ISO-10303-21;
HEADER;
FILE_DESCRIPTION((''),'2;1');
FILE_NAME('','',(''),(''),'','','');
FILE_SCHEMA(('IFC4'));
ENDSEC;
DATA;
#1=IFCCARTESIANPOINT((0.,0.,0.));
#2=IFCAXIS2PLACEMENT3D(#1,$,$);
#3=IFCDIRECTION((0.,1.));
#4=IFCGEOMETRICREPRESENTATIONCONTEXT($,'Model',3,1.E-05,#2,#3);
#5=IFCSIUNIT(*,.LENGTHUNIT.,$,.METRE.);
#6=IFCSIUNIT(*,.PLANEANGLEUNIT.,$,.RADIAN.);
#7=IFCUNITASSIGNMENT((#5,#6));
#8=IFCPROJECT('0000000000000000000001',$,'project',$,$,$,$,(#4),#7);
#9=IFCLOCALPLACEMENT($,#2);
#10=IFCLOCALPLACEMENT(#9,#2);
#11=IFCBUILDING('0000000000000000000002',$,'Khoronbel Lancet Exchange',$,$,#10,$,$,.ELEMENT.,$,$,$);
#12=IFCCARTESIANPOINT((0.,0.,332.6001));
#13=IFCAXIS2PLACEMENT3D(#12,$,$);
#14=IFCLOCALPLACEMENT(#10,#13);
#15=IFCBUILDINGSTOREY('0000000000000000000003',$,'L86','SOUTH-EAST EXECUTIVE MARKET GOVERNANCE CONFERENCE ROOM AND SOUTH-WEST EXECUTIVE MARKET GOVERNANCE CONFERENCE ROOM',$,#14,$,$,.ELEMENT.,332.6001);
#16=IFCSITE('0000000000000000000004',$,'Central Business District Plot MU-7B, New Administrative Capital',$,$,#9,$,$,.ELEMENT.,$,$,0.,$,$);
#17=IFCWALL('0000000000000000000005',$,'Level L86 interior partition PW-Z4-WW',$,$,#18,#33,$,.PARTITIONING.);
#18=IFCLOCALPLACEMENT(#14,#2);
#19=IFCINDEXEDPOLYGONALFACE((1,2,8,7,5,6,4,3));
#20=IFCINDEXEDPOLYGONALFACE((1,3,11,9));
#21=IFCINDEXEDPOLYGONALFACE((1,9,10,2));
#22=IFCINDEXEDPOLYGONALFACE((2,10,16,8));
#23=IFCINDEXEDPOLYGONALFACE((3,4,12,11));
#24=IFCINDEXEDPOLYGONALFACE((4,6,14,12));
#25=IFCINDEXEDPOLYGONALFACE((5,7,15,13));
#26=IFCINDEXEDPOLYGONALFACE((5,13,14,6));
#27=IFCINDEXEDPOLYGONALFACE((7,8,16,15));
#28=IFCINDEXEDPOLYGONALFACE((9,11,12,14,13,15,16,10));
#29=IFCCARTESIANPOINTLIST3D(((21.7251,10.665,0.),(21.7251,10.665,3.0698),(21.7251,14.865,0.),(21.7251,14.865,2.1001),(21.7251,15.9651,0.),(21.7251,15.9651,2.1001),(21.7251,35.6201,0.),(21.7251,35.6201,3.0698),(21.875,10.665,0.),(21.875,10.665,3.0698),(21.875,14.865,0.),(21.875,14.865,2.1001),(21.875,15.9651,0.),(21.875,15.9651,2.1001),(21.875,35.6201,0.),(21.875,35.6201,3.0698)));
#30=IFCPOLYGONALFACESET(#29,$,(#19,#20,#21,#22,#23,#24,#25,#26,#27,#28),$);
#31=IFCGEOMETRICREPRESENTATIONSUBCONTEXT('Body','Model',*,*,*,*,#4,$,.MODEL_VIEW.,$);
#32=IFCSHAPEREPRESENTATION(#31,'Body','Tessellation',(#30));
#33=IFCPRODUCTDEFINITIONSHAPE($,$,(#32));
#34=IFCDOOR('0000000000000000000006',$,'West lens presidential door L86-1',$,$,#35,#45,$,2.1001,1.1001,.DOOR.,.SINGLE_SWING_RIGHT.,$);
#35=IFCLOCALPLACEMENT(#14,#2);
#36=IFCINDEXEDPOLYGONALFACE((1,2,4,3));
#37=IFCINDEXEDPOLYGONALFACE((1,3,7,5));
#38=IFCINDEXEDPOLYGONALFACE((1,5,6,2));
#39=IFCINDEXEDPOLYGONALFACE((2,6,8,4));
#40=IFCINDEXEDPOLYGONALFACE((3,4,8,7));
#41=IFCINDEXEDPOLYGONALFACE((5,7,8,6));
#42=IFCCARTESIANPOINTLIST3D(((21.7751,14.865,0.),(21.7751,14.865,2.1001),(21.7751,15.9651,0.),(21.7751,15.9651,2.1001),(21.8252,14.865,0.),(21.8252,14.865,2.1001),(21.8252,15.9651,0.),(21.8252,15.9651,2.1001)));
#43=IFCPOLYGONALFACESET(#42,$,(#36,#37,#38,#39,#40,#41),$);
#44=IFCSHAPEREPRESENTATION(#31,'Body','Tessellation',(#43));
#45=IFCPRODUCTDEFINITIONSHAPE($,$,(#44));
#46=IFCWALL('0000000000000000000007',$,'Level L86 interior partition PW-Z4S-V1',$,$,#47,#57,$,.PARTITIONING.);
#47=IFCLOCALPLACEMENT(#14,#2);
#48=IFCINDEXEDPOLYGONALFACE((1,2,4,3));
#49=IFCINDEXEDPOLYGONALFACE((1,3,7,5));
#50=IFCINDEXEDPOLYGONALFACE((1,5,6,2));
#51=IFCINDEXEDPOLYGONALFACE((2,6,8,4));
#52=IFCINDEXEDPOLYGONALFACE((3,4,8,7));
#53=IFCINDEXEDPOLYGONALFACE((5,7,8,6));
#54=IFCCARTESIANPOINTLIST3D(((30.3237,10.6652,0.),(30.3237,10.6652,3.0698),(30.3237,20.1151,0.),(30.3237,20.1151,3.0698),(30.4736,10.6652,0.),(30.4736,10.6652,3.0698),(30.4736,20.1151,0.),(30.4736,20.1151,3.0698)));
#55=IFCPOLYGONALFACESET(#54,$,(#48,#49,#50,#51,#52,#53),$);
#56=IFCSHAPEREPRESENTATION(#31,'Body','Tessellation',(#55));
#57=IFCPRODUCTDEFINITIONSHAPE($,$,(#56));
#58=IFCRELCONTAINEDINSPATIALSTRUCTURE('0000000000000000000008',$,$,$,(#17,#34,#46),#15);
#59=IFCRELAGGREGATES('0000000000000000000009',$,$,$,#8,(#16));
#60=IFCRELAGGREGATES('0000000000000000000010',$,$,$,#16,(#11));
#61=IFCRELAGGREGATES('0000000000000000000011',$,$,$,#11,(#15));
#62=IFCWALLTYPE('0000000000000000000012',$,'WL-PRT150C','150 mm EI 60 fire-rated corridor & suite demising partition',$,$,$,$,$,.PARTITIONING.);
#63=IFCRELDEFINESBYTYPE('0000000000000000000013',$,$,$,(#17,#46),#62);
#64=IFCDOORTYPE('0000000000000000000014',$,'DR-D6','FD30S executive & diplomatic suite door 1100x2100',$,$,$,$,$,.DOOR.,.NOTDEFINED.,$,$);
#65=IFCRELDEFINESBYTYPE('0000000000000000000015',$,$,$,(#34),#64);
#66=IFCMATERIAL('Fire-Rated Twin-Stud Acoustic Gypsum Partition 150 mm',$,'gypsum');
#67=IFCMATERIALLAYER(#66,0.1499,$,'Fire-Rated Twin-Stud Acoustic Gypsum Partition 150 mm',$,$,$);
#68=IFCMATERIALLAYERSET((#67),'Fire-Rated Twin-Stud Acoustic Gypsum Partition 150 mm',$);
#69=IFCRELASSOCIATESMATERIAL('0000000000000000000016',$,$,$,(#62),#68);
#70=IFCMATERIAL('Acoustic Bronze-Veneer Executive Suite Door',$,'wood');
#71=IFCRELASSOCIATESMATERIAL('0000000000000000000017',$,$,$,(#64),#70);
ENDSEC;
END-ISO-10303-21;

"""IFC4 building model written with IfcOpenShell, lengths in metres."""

from ifc_helpers import new_model, si_unit, direction, frame, frame_2d, origin, place, context, subcontext, project, spatial, rectangle, extrude, material, layer, layer_set, type_object, element, fill, save


model = new_model("IFC4")

# Units and contexts
model_context = context("Model", 3, precision=1e-05, world=origin(), true_north=direction((0.0, 1.0)))
body_context = subcontext(model_context, "Body", "Model", "MODEL_VIEW")
ifc_project = project(units=[si_unit("LENGTHUNIT", "METRE"), si_unit("PLANEANGLEUNIT", "RADIAN")], contexts=[model_context])

# Site, building, storey
site_placement = place(None, origin())
site = spatial("IfcSite", under=ifc_project, at=site_placement, Name="Central Business District Plot MU-7B, New Administrative Capital", CompositionType="ELEMENT", RefElevation=0.0)
building_placement = place(site_placement, origin())
building = spatial("IfcBuilding", under=site, at=building_placement, Name="Khoronbel Lancet Exchange", CompositionType="ELEMENT")
storey_placement = place(building_placement, frame((0.0, 0.0, 332.6001)))
storey = spatial("IfcBuildingStorey", under=building, at=storey_placement, Name="L86", Description="SOUTH-EAST EXECUTIVE MARKET GOVERNANCE CONFERENCE ROOM AND SOUTH-WEST EXECUTIVE MARKET GOVERNANCE CONFERENCE ROOM", CompositionType="ELEMENT", Elevation=332.6001)

# Wall, opening, door
ifc_material_1 = material(Name="Fire-Rated Twin-Stud Acoustic Gypsum Partition 150 mm", Category="gypsum")
ifc_layer_1 = layer(ifc_material_1, 0.1499, Name="Fire-Rated Twin-Stud Acoustic Gypsum Partition 150 mm")
ifc_layer_set_1 = layer_set([ifc_layer_1], Name="Fire-Rated Twin-Stud Acoustic Gypsum Partition 150 mm")
wall_type = type_object("IfcWallType", Name="WL-PRT150C", Description="150 mm EI 60 fire-rated corridor & suite demising partition", PredefinedType="PARTITIONING", material=ifc_layer_set_1)
wall_1_placement = place(storey_placement, frame((21.8, 10.665, 0.0), z_axis=(0.0, 0.0, 1.0), x_axis=(0.0, 1.0, 0.0)))
wall_1 = element("IfcWall", 1, at=wall_1_placement, inside=storey, type_object=wall_type, Name="Level L86 interior partition PW-Z4-WW", PredefinedType="PARTITIONING", context=body_context, shape_type="SweptSolid", body=[
    extrude(rectangle(XDim=24.9551, YDim=0.1499, at=frame_2d((12.4775, 0.0))), origin(), (0.0, 0.0, 1.0), 3.0698),
])
opening_placement = place(wall_1_placement, frame((4.2, 0.0, 0.0)))
opening = element("IfcOpeningElement", 2, at=opening_placement, cuts=wall_1, PredefinedType="OPENING", context=body_context, shape_type="SweptSolid", body=[
    extrude(rectangle(XDim=1.1001, YDim=2.1001, at=frame_2d((0.55, 1.05))), frame((0.0, 0.085, 0.0), z_axis=(0.0, -1.0, 0.0), x_axis=(1.0, 0.0, 0.0)), (0.0, 0.0, 1.0), 0.1699),
])
ifc_material_2 = material(Name="Acoustic Bronze-Veneer Executive Suite Door", Category="wood")
door_type = type_object("IfcDoorType", Name="DR-D6", Description="FD30S executive & diplomatic suite door 1100x2100", OperationType="NOTDEFINED", PredefinedType="DOOR", material=ifc_material_2)
door_placement = place(opening_placement, origin())
door = element("IfcDoor", 3, at=door_placement, inside=storey, type_object=door_type, Name="West lens presidential door L86-1", OperationType="SINGLE_SWING_RIGHT", OverallHeight=2.1001, OverallWidth=1.1001, PredefinedType="DOOR", context=body_context, shape_type="SweptSolid", body=[
    extrude(rectangle(XDim=1.1001, YDim=2.1001, at=frame_2d((0.55, 1.05))), frame((0.0, 0.0249, 0.0), z_axis=(0.0, -1.0, 0.0), x_axis=(1.0, 0.0, 0.0)), (0.0, 0.0, 1.0), 0.05),
])
fill(opening, door)

# Wall
wall_2_placement = place(storey_placement, frame((30.3987, 10.665, 0.0), z_axis=(0.0, 0.0, 1.0), x_axis=(0.0, 1.0, 0.0)))
element("IfcWall", 4, at=wall_2_placement, inside=storey, type_object=wall_type, Name="Level L86 interior partition PW-Z4S-V1", PredefinedType="PARTITIONING", context=body_context, shape_type="SweptSolid", body=[
    extrude(rectangle(XDim=9.45, YDim=0.1499, at=frame_2d((4.7251, 0.0))), origin(), (0.0, 0.0, 1.0), 3.0698),
])

save(model, "model.ifc")
